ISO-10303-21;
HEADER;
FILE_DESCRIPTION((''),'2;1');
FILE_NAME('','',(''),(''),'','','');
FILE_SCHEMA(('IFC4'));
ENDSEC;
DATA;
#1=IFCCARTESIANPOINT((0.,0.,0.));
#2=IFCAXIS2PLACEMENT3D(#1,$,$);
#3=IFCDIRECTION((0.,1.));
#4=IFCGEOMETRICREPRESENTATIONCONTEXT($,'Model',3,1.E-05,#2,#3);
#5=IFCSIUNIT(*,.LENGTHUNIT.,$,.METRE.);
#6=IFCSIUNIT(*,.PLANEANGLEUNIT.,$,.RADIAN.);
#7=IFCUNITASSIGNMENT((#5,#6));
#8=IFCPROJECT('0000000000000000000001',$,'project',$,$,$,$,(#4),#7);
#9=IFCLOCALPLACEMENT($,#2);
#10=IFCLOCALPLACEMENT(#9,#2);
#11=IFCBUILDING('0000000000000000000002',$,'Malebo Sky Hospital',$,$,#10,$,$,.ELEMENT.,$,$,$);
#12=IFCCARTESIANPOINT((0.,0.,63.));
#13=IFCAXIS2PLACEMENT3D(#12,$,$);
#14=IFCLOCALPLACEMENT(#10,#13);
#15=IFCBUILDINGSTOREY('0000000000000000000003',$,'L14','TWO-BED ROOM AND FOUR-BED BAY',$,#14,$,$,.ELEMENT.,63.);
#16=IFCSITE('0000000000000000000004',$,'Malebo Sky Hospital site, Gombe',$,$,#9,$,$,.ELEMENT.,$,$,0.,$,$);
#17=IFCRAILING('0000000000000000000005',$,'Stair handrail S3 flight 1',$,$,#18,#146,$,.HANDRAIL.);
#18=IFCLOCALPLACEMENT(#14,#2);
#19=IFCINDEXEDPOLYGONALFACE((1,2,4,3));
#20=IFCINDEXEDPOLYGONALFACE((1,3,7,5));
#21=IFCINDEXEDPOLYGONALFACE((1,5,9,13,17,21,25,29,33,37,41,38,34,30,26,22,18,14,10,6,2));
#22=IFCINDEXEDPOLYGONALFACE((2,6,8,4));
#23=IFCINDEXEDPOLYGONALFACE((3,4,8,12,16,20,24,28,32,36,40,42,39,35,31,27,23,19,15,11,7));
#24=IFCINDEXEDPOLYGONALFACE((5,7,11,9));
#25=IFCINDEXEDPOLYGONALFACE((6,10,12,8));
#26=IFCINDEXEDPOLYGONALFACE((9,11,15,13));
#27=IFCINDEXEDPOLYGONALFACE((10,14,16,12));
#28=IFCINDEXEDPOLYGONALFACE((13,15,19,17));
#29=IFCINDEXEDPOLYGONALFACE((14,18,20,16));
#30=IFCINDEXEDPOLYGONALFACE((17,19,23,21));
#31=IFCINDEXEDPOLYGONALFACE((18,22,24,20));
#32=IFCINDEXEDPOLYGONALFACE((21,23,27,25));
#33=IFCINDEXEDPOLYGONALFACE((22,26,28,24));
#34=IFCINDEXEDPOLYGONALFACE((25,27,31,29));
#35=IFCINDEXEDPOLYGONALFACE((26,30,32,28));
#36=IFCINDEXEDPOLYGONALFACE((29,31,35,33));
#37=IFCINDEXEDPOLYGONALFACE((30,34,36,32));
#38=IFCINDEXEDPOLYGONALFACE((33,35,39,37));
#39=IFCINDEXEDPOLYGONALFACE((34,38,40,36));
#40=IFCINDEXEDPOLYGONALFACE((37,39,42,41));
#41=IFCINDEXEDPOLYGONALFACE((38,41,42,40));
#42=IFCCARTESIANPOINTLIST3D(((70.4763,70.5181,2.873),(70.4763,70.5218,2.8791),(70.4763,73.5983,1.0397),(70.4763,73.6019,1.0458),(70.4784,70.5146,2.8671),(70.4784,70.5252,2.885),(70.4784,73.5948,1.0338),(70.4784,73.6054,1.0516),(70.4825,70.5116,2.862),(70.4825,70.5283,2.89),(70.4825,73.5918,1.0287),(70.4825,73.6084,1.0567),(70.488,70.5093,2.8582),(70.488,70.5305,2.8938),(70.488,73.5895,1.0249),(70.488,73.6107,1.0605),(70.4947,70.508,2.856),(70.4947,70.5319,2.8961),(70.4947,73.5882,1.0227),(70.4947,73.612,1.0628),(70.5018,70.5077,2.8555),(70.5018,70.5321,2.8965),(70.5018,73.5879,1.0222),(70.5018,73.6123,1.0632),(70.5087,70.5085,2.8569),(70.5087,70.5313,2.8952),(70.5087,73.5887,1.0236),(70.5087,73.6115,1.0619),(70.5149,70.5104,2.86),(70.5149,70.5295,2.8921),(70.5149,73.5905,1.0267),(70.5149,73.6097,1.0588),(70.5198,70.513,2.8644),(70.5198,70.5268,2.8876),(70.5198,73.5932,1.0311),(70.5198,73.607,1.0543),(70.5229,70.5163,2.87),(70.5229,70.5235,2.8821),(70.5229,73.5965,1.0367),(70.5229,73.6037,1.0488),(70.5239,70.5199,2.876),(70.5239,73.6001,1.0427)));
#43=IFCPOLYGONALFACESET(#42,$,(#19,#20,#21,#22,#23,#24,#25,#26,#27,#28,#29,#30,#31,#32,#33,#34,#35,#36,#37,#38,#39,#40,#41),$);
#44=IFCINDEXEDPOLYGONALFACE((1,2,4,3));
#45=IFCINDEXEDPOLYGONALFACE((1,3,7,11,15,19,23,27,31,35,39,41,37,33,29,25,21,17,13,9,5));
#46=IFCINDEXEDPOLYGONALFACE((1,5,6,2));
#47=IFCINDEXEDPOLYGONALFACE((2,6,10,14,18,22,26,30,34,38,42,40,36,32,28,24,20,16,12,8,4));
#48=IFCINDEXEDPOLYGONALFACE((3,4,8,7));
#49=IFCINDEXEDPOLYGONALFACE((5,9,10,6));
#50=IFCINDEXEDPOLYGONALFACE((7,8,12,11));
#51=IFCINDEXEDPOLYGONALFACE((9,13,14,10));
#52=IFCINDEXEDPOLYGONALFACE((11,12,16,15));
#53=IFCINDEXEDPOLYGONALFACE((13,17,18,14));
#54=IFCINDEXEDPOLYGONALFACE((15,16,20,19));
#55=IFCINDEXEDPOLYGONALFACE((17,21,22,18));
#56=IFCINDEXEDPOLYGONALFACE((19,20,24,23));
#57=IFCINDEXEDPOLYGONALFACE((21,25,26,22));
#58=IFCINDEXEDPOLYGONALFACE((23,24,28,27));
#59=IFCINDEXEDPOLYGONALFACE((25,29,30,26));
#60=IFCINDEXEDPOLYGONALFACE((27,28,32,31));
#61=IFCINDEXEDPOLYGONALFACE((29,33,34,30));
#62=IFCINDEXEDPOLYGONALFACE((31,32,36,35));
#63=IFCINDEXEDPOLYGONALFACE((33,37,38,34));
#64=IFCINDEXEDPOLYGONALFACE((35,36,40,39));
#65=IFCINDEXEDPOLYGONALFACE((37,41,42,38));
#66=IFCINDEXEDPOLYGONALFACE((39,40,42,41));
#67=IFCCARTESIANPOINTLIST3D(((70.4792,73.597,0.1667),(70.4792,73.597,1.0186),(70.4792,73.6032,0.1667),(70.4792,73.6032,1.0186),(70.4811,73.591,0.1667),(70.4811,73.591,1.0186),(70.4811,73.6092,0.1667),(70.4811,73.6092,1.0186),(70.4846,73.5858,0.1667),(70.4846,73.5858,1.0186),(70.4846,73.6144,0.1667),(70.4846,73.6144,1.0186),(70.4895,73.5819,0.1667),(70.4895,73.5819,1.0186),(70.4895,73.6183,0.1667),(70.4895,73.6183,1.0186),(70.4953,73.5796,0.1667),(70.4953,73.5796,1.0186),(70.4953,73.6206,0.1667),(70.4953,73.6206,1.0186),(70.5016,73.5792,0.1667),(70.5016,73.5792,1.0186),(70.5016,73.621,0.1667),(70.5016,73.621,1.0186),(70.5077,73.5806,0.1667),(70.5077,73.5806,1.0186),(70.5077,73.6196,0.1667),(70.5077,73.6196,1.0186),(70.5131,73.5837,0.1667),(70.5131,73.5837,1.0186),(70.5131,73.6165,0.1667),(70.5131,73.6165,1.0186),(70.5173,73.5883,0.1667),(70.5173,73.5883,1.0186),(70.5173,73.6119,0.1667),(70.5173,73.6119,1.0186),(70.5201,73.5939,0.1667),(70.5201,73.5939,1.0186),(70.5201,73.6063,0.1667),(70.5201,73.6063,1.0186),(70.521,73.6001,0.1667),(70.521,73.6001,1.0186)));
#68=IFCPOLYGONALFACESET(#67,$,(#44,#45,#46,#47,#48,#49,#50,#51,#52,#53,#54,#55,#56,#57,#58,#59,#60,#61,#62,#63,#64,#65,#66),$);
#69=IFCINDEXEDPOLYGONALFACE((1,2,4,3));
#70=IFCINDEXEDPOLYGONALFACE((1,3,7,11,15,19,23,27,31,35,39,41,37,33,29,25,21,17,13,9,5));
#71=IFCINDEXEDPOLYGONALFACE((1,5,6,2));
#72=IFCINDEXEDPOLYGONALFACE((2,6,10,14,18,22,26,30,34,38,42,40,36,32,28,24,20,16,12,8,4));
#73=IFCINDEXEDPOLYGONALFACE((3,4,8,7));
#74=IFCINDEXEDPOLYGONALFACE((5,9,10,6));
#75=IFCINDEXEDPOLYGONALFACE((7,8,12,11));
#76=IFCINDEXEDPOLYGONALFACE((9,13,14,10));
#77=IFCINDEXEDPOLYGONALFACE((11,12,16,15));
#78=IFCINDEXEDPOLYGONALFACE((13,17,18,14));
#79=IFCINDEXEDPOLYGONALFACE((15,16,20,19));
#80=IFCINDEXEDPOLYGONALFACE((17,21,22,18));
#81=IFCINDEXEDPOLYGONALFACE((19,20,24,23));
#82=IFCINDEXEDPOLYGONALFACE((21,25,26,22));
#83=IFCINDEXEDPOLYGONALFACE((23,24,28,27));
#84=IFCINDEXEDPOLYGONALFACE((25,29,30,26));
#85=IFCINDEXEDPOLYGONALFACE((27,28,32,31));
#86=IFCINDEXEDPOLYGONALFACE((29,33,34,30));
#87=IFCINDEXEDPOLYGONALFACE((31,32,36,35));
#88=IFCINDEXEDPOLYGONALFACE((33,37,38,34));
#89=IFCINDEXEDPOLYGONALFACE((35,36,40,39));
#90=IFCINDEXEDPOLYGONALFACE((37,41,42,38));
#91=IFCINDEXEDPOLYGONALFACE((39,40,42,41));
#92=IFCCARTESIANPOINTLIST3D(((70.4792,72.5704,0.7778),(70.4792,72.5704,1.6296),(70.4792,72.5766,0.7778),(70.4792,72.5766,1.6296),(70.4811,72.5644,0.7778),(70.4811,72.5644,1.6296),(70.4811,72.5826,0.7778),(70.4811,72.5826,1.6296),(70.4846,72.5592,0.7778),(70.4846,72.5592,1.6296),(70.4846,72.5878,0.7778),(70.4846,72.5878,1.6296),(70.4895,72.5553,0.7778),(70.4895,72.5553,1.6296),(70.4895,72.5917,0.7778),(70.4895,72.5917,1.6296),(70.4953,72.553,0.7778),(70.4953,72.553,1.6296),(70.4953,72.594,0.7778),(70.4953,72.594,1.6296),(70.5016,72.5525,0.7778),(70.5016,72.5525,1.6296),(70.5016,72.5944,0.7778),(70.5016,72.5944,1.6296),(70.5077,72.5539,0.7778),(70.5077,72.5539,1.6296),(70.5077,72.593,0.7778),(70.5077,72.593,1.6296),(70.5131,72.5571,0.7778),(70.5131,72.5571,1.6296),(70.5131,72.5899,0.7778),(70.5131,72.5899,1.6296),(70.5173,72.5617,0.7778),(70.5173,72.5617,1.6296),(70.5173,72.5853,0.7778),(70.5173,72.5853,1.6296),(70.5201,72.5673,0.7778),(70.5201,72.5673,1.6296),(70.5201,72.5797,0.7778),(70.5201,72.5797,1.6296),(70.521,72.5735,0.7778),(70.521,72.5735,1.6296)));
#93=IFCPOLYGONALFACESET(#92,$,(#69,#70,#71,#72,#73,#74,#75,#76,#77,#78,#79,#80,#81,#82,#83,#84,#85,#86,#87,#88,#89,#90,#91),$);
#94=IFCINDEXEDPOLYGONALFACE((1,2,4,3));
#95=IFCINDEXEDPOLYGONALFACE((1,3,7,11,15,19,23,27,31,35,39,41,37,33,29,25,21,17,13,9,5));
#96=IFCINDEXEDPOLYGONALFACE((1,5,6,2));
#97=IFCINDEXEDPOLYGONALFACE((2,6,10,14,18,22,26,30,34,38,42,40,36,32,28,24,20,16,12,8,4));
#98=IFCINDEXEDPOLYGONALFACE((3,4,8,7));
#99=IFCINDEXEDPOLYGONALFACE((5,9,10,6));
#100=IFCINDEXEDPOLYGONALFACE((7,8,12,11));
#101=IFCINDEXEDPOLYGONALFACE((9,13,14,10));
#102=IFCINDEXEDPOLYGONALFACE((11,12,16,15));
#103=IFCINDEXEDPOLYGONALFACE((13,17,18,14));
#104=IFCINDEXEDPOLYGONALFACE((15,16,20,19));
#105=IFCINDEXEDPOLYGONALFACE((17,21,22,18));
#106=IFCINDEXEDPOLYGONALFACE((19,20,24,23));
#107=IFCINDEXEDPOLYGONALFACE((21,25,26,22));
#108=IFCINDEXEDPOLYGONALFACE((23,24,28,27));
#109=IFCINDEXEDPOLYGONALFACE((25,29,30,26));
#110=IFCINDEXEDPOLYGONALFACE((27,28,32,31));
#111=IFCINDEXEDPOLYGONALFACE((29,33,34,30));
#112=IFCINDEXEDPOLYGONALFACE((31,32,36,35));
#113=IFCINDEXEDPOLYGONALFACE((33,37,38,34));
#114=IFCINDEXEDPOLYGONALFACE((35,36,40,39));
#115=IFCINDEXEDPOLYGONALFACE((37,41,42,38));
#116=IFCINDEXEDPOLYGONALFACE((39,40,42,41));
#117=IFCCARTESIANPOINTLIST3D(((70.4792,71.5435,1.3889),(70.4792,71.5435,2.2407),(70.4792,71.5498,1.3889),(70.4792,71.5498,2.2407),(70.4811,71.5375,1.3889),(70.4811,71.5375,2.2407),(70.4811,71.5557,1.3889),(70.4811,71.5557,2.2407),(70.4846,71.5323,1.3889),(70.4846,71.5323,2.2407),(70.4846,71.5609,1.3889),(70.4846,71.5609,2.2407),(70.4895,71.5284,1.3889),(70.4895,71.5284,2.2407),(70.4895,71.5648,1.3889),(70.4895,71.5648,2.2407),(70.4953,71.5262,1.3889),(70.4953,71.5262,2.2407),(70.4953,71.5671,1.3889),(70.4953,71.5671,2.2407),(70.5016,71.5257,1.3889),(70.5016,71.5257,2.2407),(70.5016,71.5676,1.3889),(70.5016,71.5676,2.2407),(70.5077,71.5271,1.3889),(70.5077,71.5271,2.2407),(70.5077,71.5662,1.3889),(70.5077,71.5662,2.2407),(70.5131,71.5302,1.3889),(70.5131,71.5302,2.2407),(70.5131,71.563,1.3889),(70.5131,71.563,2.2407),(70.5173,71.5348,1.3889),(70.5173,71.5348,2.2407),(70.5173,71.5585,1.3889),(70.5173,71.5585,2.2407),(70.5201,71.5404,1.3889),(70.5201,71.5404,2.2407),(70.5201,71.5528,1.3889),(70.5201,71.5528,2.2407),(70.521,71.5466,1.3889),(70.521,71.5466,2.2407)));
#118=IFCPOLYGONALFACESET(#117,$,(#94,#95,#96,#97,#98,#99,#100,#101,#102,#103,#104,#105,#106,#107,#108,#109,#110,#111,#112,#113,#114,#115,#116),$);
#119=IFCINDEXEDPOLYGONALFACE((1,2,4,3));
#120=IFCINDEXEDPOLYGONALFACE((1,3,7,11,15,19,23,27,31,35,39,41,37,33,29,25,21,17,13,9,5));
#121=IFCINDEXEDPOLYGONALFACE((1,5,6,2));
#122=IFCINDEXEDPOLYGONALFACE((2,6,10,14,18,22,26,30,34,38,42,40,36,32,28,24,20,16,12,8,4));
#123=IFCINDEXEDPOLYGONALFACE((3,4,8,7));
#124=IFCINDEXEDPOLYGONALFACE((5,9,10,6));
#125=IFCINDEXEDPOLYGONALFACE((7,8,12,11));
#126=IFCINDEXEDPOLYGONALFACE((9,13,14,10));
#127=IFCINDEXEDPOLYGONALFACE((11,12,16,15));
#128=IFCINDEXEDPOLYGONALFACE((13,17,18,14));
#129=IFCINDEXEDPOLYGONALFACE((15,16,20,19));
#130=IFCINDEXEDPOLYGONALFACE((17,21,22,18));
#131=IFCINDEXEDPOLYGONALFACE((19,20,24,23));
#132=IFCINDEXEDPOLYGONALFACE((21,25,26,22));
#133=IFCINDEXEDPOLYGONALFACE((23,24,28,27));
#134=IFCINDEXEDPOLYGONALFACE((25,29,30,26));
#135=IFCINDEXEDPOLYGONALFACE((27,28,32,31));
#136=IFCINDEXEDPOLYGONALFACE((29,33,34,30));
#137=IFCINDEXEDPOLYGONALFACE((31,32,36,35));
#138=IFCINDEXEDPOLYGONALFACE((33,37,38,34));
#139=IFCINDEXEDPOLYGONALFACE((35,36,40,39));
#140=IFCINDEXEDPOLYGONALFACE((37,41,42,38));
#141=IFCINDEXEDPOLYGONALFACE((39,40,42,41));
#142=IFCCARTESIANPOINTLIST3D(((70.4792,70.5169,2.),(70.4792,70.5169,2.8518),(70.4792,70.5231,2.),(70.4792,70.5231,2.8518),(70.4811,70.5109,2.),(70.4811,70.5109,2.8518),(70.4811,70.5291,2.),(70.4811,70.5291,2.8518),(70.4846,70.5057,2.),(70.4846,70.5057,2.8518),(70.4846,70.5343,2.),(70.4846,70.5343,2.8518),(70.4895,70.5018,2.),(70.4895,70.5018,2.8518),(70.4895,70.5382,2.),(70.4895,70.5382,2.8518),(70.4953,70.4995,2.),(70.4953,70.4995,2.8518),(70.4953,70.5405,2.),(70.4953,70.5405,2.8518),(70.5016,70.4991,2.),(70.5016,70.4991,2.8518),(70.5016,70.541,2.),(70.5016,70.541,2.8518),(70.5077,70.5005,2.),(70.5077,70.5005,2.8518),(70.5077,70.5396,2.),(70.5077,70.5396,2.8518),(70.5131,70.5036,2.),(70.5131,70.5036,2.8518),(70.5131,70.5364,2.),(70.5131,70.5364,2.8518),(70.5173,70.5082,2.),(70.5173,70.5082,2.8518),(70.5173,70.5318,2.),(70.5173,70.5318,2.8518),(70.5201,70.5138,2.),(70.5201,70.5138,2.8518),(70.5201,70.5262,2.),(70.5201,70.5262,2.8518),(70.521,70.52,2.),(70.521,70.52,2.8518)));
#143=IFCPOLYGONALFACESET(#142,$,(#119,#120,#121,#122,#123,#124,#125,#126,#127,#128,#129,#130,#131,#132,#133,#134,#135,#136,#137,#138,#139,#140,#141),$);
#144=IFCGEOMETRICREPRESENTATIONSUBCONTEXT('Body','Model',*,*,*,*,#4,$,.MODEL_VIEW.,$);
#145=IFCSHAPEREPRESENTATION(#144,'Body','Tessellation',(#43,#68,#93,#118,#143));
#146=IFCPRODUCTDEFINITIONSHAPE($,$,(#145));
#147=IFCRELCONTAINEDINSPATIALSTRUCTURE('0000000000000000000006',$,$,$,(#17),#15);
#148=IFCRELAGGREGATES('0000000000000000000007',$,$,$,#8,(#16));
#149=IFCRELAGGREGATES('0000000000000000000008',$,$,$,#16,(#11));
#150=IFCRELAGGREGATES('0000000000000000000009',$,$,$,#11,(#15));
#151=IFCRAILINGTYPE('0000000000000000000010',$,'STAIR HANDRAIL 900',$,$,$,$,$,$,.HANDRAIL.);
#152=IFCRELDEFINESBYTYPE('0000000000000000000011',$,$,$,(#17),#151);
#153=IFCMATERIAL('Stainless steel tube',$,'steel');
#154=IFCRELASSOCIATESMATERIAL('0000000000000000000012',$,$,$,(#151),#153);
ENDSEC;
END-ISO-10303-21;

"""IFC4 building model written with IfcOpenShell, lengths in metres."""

from ifc_helpers import new_model, si_unit, direction, frame, origin, origin_2d, place, context, subcontext, project, spatial, circle, extrude, material, type_object, element, save


model = new_model("IFC4")

# Units and contexts
model_context = context("Model", 3, precision=1e-05, world=origin(), true_north=direction((0.0, 1.0)))
body_context = subcontext(model_context, "Body", "Model", "MODEL_VIEW")
ifc_project = project(units=[si_unit("LENGTHUNIT", "METRE"), si_unit("PLANEANGLEUNIT", "RADIAN")], contexts=[model_context])

# Site, building, storey
site_placement = place(None, origin())
site = spatial("IfcSite", under=ifc_project, at=site_placement, Name="Malebo Sky Hospital site, Gombe", CompositionType="ELEMENT", RefElevation=0.0)
building_placement = place(site_placement, origin())
building = spatial("IfcBuilding", under=site, at=building_placement, Name="Malebo Sky Hospital", CompositionType="ELEMENT")
storey_placement = place(building_placement, frame((0.0, 0.0, 63.0)))
storey = spatial("IfcBuildingStorey", under=building, at=storey_placement, Name="L14", Description="TWO-BED ROOM AND FOUR-BED BAY", CompositionType="ELEMENT", Elevation=63.0)

# Railing
ifc_material_1 = material(Name="Stainless steel tube", Category="steel")
railing_type = type_object("IfcRailingType", Name="STAIR HANDRAIL 900", PredefinedType="HANDRAIL", material=ifc_material_1)
railing_1_placement = place(storey_placement, frame((70.5, 73.6001, 0.1667)))
element("IfcRailing", 1, at=railing_1_placement, inside=storey, type_object=railing_type, Name="Stair handrail S3 flight 1", PredefinedType="HANDRAIL", context=body_context, shape_type="SweptSolid", body=[
    extrude(circle(Radius=0.0239, at=origin_2d()), frame((0.0, 0.0, 0.876), z_axis=(0.0, -0.859309, 0.511458), x_axis=(1.0, 0.0, 0.0)), (0.0, 0.0, 1.0), 3.5845),
    extrude(circle(Radius=0.021, at=origin_2d()), origin(), (0.0, 0.0, 1.0), 0.8518),
    extrude(circle(Radius=0.021, at=origin_2d()), frame((0.0, -1.0266, 0.6111)), (0.0, 0.0, 1.0), 0.8518),
    extrude(circle(Radius=0.021, at=origin_2d()), frame((0.0, -2.0535, 1.2222)), (0.0, 0.0, 1.0), 0.8518),
    extrude(circle(Radius=0.021, at=origin_2d()), frame((0.0, -3.0801, 1.8333)), (0.0, 0.0, 1.0), 0.8518),
])

save(model, "model.ifc")
